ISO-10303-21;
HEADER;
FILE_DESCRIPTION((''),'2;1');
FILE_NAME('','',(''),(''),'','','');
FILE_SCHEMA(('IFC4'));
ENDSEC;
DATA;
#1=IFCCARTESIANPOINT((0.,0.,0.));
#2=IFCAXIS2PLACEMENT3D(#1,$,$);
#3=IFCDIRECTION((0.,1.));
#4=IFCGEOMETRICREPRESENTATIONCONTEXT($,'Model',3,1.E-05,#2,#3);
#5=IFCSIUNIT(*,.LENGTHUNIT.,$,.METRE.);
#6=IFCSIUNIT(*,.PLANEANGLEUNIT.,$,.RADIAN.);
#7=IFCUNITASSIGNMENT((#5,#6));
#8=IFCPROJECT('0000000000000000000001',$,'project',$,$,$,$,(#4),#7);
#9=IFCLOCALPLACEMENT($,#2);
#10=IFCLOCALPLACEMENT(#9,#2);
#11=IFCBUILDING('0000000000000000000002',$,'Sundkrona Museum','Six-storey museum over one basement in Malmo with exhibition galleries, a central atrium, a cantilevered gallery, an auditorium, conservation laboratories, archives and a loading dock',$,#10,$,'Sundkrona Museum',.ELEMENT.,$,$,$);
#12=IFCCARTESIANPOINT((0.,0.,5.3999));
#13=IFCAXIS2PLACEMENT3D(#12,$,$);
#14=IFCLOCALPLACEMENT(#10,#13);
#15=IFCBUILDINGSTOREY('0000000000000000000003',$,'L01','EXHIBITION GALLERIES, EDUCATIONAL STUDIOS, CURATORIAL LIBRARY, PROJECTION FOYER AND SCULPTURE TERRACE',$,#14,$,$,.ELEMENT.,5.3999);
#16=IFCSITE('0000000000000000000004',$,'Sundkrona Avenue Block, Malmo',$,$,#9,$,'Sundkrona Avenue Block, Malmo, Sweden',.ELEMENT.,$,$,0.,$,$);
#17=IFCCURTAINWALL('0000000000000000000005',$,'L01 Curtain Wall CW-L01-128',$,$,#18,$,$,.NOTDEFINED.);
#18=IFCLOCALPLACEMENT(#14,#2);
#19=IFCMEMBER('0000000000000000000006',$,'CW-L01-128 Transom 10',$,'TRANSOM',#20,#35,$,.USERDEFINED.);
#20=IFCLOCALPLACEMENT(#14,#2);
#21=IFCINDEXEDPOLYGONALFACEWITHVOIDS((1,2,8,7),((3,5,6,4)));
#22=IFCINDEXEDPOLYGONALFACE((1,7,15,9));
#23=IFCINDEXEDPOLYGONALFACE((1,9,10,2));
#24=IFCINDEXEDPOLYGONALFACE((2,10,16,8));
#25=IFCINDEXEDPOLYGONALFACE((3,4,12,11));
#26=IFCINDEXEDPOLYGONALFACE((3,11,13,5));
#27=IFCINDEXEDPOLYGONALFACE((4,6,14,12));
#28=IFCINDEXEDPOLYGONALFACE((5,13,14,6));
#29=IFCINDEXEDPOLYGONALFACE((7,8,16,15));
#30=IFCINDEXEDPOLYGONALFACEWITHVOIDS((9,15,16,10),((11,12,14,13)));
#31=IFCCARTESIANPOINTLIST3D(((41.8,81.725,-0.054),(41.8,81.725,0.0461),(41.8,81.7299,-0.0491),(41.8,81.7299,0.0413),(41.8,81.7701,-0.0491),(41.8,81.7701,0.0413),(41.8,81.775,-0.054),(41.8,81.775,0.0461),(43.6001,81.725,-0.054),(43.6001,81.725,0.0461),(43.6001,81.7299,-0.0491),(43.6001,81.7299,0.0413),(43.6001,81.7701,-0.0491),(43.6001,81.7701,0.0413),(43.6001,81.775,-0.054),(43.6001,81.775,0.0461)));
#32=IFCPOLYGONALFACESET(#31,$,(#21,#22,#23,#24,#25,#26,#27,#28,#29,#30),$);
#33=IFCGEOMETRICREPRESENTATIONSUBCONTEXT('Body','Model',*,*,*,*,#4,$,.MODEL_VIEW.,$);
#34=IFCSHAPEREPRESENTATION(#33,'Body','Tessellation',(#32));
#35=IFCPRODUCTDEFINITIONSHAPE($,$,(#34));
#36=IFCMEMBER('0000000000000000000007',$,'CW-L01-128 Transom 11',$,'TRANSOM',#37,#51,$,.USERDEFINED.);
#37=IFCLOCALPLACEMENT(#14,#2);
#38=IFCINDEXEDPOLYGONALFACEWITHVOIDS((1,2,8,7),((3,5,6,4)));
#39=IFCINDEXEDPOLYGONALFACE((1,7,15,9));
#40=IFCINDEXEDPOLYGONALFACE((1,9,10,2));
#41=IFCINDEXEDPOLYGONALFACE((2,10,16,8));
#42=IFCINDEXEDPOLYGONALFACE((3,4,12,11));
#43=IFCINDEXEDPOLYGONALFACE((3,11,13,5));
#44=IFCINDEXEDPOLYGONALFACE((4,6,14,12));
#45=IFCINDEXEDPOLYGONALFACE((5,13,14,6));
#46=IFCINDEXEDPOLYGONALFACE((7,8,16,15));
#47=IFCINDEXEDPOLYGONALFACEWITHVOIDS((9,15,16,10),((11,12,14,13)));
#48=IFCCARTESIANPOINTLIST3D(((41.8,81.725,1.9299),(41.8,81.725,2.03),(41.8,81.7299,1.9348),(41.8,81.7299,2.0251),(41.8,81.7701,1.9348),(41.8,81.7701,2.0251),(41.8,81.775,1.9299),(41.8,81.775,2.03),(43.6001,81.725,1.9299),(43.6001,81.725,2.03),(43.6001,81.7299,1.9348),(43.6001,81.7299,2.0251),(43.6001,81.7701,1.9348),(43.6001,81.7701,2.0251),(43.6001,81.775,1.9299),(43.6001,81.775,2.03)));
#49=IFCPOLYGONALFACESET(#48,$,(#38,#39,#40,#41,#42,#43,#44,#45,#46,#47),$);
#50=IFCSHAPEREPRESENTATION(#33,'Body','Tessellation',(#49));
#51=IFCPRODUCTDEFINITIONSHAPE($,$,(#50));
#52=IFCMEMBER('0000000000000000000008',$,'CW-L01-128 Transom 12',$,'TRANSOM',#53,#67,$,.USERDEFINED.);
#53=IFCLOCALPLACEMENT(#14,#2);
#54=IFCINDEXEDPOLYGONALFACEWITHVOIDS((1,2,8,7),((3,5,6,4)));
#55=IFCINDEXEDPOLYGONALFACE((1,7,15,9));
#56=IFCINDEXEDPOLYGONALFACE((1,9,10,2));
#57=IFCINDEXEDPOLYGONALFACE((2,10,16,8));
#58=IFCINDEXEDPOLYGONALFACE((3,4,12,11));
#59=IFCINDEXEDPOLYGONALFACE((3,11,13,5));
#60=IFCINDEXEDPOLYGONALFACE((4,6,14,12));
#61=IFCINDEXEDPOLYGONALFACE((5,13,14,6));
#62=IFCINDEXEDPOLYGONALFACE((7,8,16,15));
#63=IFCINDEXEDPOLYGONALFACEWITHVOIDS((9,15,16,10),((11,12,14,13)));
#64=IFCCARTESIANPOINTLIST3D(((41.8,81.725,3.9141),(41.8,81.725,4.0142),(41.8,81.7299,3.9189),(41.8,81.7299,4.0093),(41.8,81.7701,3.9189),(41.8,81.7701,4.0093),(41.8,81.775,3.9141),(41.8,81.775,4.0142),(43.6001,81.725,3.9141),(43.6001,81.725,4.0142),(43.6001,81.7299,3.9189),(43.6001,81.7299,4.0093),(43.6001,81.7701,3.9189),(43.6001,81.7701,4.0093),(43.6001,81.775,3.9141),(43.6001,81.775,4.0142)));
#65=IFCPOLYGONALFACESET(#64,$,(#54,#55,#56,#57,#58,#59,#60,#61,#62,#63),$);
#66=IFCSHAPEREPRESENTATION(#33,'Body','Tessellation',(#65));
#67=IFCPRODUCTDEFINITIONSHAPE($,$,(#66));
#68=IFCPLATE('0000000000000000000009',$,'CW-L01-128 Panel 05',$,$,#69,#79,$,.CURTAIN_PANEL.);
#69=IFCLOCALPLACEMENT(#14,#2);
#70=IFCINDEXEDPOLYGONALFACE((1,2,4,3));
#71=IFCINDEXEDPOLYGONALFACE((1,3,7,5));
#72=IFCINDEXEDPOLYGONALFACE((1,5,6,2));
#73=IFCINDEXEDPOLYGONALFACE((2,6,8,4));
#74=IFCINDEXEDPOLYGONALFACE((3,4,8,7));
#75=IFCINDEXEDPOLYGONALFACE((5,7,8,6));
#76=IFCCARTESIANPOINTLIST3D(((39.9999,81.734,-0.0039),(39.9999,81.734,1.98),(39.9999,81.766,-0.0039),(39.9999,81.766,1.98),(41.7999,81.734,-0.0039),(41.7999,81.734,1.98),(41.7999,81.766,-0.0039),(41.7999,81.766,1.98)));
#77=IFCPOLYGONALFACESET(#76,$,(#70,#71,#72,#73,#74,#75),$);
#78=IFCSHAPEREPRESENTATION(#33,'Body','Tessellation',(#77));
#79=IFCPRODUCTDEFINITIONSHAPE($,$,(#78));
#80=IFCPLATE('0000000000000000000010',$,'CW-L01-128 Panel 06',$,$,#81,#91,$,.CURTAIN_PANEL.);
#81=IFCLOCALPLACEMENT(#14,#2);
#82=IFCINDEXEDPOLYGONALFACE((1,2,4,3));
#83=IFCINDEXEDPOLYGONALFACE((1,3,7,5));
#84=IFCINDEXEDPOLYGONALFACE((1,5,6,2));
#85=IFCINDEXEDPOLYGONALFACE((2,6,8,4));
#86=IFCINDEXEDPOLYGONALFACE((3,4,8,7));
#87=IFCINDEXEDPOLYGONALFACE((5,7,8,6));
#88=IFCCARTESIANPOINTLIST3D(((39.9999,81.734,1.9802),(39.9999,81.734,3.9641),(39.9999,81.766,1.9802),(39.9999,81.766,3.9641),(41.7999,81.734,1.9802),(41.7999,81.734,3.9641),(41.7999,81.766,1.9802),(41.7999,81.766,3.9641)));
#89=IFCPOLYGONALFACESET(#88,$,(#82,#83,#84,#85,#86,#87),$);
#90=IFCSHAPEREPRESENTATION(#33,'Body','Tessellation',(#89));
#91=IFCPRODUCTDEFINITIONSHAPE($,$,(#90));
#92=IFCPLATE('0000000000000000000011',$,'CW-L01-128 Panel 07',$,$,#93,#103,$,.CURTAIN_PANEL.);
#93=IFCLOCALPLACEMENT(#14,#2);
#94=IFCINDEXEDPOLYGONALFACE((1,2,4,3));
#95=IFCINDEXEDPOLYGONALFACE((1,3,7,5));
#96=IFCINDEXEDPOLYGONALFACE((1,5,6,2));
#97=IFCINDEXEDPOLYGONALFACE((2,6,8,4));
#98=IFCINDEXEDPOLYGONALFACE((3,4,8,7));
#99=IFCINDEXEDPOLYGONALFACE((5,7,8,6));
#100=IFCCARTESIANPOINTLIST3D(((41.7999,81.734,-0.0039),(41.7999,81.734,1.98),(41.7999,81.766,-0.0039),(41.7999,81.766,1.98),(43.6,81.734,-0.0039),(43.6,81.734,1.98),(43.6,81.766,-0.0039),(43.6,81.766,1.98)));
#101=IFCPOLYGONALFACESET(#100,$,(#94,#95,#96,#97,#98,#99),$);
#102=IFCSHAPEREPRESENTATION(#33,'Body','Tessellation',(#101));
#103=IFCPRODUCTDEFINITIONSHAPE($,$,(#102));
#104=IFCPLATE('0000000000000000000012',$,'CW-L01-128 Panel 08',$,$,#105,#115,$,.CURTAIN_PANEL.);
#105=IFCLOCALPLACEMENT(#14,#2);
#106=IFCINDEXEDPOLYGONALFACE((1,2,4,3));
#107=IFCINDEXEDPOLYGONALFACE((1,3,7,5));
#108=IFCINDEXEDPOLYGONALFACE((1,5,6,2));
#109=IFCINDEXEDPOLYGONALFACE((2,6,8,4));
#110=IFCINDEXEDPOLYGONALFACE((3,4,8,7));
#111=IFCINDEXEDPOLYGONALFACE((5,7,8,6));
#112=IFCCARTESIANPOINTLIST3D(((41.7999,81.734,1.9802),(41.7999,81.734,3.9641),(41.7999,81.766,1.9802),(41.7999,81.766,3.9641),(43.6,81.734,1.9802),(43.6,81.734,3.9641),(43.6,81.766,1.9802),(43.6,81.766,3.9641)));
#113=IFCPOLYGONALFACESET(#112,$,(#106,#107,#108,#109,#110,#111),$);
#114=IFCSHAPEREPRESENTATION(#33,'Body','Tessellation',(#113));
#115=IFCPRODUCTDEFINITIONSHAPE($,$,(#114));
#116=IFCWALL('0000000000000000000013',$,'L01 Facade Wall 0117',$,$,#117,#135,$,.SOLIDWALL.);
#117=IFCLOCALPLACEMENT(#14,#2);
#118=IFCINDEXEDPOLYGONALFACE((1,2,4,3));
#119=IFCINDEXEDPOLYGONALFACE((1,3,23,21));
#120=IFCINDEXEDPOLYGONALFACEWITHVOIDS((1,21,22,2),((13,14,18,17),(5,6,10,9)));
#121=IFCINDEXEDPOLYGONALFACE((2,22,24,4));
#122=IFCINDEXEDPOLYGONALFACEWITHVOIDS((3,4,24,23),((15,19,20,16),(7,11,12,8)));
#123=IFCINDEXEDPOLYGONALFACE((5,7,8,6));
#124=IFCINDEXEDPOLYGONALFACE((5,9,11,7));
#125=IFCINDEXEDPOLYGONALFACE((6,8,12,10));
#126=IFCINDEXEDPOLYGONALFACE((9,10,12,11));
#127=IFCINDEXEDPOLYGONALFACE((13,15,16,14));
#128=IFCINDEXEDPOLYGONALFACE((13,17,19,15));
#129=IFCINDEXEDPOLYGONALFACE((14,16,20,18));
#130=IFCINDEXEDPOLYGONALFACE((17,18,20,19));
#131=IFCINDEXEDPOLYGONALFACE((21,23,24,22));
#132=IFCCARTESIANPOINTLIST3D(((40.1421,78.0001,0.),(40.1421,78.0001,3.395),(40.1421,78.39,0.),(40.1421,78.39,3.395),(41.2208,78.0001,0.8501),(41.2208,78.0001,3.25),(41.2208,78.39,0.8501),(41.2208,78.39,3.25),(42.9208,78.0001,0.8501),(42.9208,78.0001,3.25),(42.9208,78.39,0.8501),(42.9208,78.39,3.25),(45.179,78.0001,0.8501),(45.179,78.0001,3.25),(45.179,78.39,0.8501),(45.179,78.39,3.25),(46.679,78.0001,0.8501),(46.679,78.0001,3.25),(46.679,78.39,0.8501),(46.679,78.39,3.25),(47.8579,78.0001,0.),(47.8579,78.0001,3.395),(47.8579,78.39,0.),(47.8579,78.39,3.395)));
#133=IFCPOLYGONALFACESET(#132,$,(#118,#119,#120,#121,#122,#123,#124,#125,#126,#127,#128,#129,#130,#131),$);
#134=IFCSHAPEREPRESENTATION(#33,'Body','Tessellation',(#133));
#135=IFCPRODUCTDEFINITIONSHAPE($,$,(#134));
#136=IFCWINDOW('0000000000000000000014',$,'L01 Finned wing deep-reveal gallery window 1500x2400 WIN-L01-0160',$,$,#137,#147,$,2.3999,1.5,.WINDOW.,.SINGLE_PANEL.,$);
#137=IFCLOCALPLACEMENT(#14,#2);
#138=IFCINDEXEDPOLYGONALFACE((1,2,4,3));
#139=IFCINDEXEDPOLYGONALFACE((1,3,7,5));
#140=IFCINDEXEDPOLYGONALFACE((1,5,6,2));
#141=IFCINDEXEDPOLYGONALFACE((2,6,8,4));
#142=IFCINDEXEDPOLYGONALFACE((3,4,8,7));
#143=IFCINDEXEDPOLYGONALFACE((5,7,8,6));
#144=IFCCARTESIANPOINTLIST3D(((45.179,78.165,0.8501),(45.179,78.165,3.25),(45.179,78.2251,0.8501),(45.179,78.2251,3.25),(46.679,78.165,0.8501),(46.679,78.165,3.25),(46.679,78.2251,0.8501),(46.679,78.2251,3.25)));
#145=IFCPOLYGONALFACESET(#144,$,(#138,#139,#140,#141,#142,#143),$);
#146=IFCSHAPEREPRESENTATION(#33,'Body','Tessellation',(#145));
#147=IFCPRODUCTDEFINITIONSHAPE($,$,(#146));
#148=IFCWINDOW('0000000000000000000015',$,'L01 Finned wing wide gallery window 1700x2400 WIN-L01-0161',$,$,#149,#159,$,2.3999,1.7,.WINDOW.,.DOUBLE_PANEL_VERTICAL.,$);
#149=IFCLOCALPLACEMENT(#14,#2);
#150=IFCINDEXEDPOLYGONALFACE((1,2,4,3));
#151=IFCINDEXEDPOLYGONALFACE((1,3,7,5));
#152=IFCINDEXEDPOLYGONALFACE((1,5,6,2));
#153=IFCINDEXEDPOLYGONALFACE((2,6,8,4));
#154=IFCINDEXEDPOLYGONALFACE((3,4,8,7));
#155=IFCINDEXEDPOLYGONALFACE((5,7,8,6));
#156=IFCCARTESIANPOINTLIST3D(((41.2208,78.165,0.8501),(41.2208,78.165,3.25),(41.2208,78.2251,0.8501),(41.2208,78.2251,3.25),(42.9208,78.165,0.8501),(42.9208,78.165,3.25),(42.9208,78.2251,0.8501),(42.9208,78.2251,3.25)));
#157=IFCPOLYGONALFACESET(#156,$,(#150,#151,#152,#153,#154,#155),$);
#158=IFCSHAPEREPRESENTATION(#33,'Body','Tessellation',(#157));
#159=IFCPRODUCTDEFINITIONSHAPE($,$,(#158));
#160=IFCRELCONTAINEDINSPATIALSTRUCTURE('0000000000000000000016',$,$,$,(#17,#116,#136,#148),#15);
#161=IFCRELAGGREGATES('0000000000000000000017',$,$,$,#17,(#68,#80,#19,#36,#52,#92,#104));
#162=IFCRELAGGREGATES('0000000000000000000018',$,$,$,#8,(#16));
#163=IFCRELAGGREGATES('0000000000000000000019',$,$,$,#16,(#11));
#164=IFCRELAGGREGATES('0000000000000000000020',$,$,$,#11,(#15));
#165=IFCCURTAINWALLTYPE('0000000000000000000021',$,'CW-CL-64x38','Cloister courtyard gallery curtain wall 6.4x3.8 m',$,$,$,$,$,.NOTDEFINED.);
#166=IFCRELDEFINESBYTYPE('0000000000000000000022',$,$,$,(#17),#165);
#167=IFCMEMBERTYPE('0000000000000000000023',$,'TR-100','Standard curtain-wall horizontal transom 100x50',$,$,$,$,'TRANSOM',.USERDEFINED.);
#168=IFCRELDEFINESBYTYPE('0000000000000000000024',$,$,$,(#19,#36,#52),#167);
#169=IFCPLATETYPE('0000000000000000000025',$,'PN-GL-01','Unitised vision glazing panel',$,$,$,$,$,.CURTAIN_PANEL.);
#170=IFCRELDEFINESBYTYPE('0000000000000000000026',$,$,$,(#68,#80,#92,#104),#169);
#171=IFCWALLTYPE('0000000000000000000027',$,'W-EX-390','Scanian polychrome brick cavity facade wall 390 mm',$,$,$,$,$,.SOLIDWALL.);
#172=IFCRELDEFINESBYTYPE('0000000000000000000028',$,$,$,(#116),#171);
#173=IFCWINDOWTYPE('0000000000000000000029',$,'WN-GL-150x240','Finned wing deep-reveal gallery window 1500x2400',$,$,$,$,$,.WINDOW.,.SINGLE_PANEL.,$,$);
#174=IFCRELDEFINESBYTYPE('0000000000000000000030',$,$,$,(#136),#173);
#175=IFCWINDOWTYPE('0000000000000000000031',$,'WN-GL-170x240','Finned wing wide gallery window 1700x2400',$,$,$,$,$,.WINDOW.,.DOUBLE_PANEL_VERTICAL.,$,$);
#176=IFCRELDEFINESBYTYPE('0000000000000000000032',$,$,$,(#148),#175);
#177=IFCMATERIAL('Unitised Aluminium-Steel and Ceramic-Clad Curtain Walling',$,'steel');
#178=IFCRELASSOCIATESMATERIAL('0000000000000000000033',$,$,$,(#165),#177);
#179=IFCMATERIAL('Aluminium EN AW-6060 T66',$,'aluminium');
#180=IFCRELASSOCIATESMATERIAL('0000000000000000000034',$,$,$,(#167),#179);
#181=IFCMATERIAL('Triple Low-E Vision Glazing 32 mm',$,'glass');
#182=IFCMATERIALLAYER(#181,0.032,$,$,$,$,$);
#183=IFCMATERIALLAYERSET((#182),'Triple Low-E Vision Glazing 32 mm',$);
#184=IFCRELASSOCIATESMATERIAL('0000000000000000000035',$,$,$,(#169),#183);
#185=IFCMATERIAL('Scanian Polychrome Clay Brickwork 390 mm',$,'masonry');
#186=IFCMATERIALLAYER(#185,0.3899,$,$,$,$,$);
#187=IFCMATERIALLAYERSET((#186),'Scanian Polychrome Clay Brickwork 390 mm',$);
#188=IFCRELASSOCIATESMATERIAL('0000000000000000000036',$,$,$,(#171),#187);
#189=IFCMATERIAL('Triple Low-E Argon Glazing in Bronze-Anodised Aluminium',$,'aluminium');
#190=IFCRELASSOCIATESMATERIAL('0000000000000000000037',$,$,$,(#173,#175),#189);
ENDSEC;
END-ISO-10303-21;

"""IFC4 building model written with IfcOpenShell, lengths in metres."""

from ifc_helpers import new_model, si_unit, direction, frame, frame_2d, origin, origin_2d, place, context, subcontext, project, spatial, rectangle, hollow_rectangle, extrude, material, layer, layer_set, material_profile, profile_set, type_object, element, fill, aggregate, save


model = new_model("IFC4")

# Units and contexts
model_context = context("Model", 3, precision=1e-05, world=origin(), true_north=direction((0.0, 1.0)))
body_context = subcontext(model_context, "Body", "Model", "MODEL_VIEW")
ifc_project = project(units=[si_unit("LENGTHUNIT", "METRE"), si_unit("PLANEANGLEUNIT", "RADIAN")], contexts=[model_context])

# Site, building, storey
site_placement = place(None, origin())
site = spatial("IfcSite", under=ifc_project, at=site_placement, Name="Sundkrona Avenue Block, Malmo", LongName="Sundkrona Avenue Block, Malmo, Sweden", CompositionType="ELEMENT", RefElevation=0.0)
building_placement = place(site_placement, origin())
building = spatial("IfcBuilding", under=site, at=building_placement, Name="Sundkrona Museum", Description="Six-storey museum over one basement in Malmo with exhibition galleries, a central atrium, a cantilevered gallery, an auditorium, conservation laboratories, archives and a loading dock", LongName="Sundkrona Museum", CompositionType="ELEMENT")
storey_placement = place(building_placement, frame((0.0, 0.0, 5.3999)))
storey = spatial("IfcBuildingStorey", under=building, at=storey_placement, Name="L01", Description="EXHIBITION GALLERIES, EDUCATIONAL STUDIOS, CURATORIAL LIBRARY, PROJECTION FOYER AND SCULPTURE TERRACE", CompositionType="ELEMENT", Elevation=5.3999)

# Curtain wall
ifc_material_1 = material(Name="Unitised Aluminium-Steel and Ceramic-Clad Curtain Walling", Category="steel")
curtain_wall_type = type_object("IfcCurtainWallType", Name="CW-CL-64x38", Description="Cloister courtyard gallery curtain wall 6.4x3.8 m", PredefinedType="NOTDEFINED", material=ifc_material_1)
curtain_wall_placement = place(storey_placement, origin())
curtain_wall = element("IfcCurtainWall", 1, at=curtain_wall_placement, inside=storey, type_object=curtain_wall_type, Name="L01 Curtain Wall CW-L01-128", PredefinedType="NOTDEFINED")
ifc_material_2 = material(Name="Aluminium EN AW-6060 T66", Category="aluminium")

# Members
ifc_material_profile_1 = material_profile(ifc_material_2, hollow_rectangle(XDim=0.05, YDim=0.1001, WallThickness=0.0049, at=origin_2d()), Name="RHS 100x50x5.0")
ifc_profile_set_1 = profile_set([ifc_material_profile_1], Name="Aluminium EN AW-6060 T66")
member_type_1 = type_object("IfcMemberType", Name="TR-100", Description="Standard curtain-wall horizontal transom 100x50", ElementType="TRANSOM", PredefinedType="USERDEFINED", material=ifc_profile_set_1)
member_1_placement = place(storey_placement, frame((41.8, 81.75, -0.0039), z_axis=(1.0, 0.0, 0.0), x_axis=(0.0, 1.0, 0.0)))
member_1 = element("IfcMember", 2, at=member_1_placement, type_object=member_type_1, Name="CW-L01-128 Transom 10", ObjectType="TRANSOM", PredefinedType="USERDEFINED", context=body_context, shape_type="SweptSolid", body=[
    extrude(hollow_rectangle(XDim=0.05, YDim=0.1001, WallThickness=0.0049, at=origin_2d()), origin(), (0.0, 0.0, 1.0), 1.8),
])
member_2_placement = place(storey_placement, frame((41.8, 81.75, 1.98), z_axis=(1.0, 0.0, 0.0), x_axis=(0.0, 1.0, 0.0)))
member_2 = element("IfcMember", 3, at=member_2_placement, type_object=member_type_1, Name="CW-L01-128 Transom 11", ObjectType="TRANSOM", PredefinedType="USERDEFINED", context=body_context, shape_type="SweptSolid", body=[
    extrude(hollow_rectangle(XDim=0.05, YDim=0.1001, WallThickness=0.0049, at=origin_2d()), origin(), (0.0, 0.0, 1.0), 1.8),
])
member_3_placement = place(storey_placement, frame((41.8, 81.75, 3.9641), z_axis=(1.0, 0.0, 0.0), x_axis=(0.0, 1.0, 0.0)))
member_3 = element("IfcMember", 4, at=member_3_placement, type_object=member_type_1, Name="CW-L01-128 Transom 12", ObjectType="TRANSOM", PredefinedType="USERDEFINED", context=body_context, shape_type="SweptSolid", body=[
    extrude(hollow_rectangle(XDim=0.05, YDim=0.1001, WallThickness=0.0049, at=origin_2d()), origin(), (0.0, 0.0, 1.0), 1.8),
])

# Plates
ifc_material_3 = material(Name="Triple Low-E Vision Glazing 32 mm", Category="glass")
ifc_layer_1 = layer(ifc_material_3, 0.032)
ifc_layer_set_1 = layer_set([ifc_layer_1], Name="Triple Low-E Vision Glazing 32 mm")
plate_type = type_object("IfcPlateType", Name="PN-GL-01", Description="Unitised vision glazing panel", PredefinedType="CURTAIN_PANEL", material=ifc_layer_set_1)
plate_1_placement = place(storey_placement, frame((40.8999, 81.75, -0.0039), z_axis=(0.0, 0.0, 1.0), x_axis=(1.0, 0.0, 0.0)))
plate_1 = element("IfcPlate", 5, at=plate_1_placement, type_object=plate_type, Name="CW-L01-128 Panel 05", PredefinedType="CURTAIN_PANEL", context=body_context, shape_type="SweptSolid", body=[
    extrude(rectangle(XDim=1.8, YDim=0.032, at=origin_2d()), origin(), (0.0, 0.0, 1.0), 1.9839),
])
plate_2_placement = place(storey_placement, frame((40.8999, 81.75, 1.9802), z_axis=(0.0, 0.0, 1.0), x_axis=(1.0, 0.0, 0.0)))
plate_2 = element("IfcPlate", 6, at=plate_2_placement, type_object=plate_type, Name="CW-L01-128 Panel 06", PredefinedType="CURTAIN_PANEL", context=body_context, shape_type="SweptSolid", body=[
    extrude(rectangle(XDim=1.8, YDim=0.032, at=origin_2d()), origin(), (0.0, 0.0, 1.0), 1.9839),
])
plate_3_placement = place(storey_placement, frame((42.7, 81.75, -0.0039), z_axis=(0.0, 0.0, 1.0), x_axis=(1.0, 0.0, 0.0)))
plate_3 = element("IfcPlate", 7, at=plate_3_placement, type_object=plate_type, Name="CW-L01-128 Panel 07", PredefinedType="CURTAIN_PANEL", context=body_context, shape_type="SweptSolid", body=[
    extrude(rectangle(XDim=1.8, YDim=0.032, at=origin_2d()), origin(), (0.0, 0.0, 1.0), 1.9839),
])
plate_4_placement = place(storey_placement, frame((42.7, 81.75, 1.9802), z_axis=(0.0, 0.0, 1.0), x_axis=(1.0, 0.0, 0.0)))
plate_4 = element("IfcPlate", 8, at=plate_4_placement, type_object=plate_type, Name="CW-L01-128 Panel 08", PredefinedType="CURTAIN_PANEL", context=body_context, shape_type="SweptSolid", body=[
    extrude(rectangle(XDim=1.8, YDim=0.032, at=origin_2d()), origin(), (0.0, 0.0, 1.0), 1.9839),
])
aggregate(curtain_wall, [plate_1, plate_2, member_1, member_2, member_3, plate_3, plate_4])

# Wall, openings, windows
ifc_material_4 = material(Name="Scanian Polychrome Clay Brickwork 390 mm", Category="masonry")
ifc_layer_2 = layer(ifc_material_4, 0.3899)
ifc_layer_set_2 = layer_set([ifc_layer_2], Name="Scanian Polychrome Clay Brickwork 390 mm")
wall_type_1 = type_object("IfcWallType", Name="W-EX-390", Description="Scanian polychrome brick cavity facade wall 390 mm", PredefinedType="SOLIDWALL", material=ifc_layer_set_2)
wall_1_placement = place(storey_placement, frame((47.8579, 78.1951, 0.0), z_axis=(0.0, 0.0, 1.0), x_axis=(-1.0, 0.0, 0.0)))
wall_1 = element("IfcWall", 9, at=wall_1_placement, inside=storey, type_object=wall_type_1, Name="L01 Facade Wall 0117", PredefinedType="SOLIDWALL", context=body_context, shape_type="SweptSolid", body=[
    extrude(rectangle(XDim=7.7158, YDim=0.3899, at=frame_2d((3.8579, 0.0))), origin(), (0.0, 0.0, 1.0), 3.395),
])
opening_1_placement = place(wall_1_placement, frame((1.179, 0.0, 0.8501)))
opening_1 = element("IfcOpeningElement", 10, at=opening_1_placement, cuts=wall_1, PredefinedType="OPENING", context=body_context, shape_type="SweptSolid", body=[
    extrude(rectangle(XDim=1.5, YDim=2.3999, at=frame_2d((0.75, 1.2))), frame((0.0, 0.2048, 0.0), z_axis=(0.0, -1.0, 0.0), x_axis=(1.0, 0.0, 0.0)), (0.0, 0.0, 1.0), 0.4099),
])
opening_2_placement = place(wall_1_placement, frame((4.937, 0.0, 0.8501)))
opening_2 = element("IfcOpeningElement", 11, at=opening_2_placement, cuts=wall_1, PredefinedType="OPENING", context=body_context, shape_type="SweptSolid", body=[
    extrude(rectangle(XDim=1.7, YDim=2.3999, at=frame_2d((0.8501, 1.2))), frame((0.0, 0.2048, 0.0), z_axis=(0.0, -1.0, 0.0), x_axis=(1.0, 0.0, 0.0)), (0.0, 0.0, 1.0), 0.4099),
])
ifc_material_5 = material(Name="Triple Low-E Argon Glazing in Bronze-Anodised Aluminium", Category="aluminium")
window_type_1 = type_object("IfcWindowType", Name="WN-GL-150x240", Description="Finned wing deep-reveal gallery window 1500x2400", PartitioningType="SINGLE_PANEL", PredefinedType="WINDOW", material=ifc_material_5)
window_1_placement = place(opening_1_placement, origin())
window_1 = element("IfcWindow", 12, at=window_1_placement, inside=storey, type_object=window_type_1, Name="L01 Finned wing deep-reveal gallery window 1500x2400 WIN-L01-0160", OverallHeight=2.3999, OverallWidth=1.5, PartitioningType="SINGLE_PANEL", PredefinedType="WINDOW", context=body_context, shape_type="SweptSolid", body=[
    extrude(rectangle(XDim=1.5, YDim=2.3999, at=frame_2d((0.75, 1.2))), frame((0.0, 0.03, 0.0), z_axis=(0.0, -1.0, 0.0), x_axis=(1.0, 0.0, 0.0)), (0.0, 0.0, 1.0), 0.0601),
])
fill(opening_1, window_1)
window_type_2 = type_object("IfcWindowType", Name="WN-GL-170x240", Description="Finned wing wide gallery window 1700x2400", PartitioningType="DOUBLE_PANEL_VERTICAL", PredefinedType="WINDOW", material=ifc_material_5)
window_2_placement = place(opening_2_placement, origin())
window_2 = element("IfcWindow", 13, at=window_2_placement, inside=storey, type_object=window_type_2, Name="L01 Finned wing wide gallery window 1700x2400 WIN-L01-0161", OverallHeight=2.3999, OverallWidth=1.7, PartitioningType="DOUBLE_PANEL_VERTICAL", PredefinedType="WINDOW", context=body_context, shape_type="SweptSolid", body=[
    extrude(rectangle(XDim=1.7, YDim=2.3999, at=frame_2d((0.8501, 1.2))), frame((0.0, 0.03, 0.0), z_axis=(0.0, -1.0, 0.0), x_axis=(1.0, 0.0, 0.0)), (0.0, 0.0, 1.0), 0.0601),
])
fill(opening_2, window_2)

save(model, "model.ifc")
